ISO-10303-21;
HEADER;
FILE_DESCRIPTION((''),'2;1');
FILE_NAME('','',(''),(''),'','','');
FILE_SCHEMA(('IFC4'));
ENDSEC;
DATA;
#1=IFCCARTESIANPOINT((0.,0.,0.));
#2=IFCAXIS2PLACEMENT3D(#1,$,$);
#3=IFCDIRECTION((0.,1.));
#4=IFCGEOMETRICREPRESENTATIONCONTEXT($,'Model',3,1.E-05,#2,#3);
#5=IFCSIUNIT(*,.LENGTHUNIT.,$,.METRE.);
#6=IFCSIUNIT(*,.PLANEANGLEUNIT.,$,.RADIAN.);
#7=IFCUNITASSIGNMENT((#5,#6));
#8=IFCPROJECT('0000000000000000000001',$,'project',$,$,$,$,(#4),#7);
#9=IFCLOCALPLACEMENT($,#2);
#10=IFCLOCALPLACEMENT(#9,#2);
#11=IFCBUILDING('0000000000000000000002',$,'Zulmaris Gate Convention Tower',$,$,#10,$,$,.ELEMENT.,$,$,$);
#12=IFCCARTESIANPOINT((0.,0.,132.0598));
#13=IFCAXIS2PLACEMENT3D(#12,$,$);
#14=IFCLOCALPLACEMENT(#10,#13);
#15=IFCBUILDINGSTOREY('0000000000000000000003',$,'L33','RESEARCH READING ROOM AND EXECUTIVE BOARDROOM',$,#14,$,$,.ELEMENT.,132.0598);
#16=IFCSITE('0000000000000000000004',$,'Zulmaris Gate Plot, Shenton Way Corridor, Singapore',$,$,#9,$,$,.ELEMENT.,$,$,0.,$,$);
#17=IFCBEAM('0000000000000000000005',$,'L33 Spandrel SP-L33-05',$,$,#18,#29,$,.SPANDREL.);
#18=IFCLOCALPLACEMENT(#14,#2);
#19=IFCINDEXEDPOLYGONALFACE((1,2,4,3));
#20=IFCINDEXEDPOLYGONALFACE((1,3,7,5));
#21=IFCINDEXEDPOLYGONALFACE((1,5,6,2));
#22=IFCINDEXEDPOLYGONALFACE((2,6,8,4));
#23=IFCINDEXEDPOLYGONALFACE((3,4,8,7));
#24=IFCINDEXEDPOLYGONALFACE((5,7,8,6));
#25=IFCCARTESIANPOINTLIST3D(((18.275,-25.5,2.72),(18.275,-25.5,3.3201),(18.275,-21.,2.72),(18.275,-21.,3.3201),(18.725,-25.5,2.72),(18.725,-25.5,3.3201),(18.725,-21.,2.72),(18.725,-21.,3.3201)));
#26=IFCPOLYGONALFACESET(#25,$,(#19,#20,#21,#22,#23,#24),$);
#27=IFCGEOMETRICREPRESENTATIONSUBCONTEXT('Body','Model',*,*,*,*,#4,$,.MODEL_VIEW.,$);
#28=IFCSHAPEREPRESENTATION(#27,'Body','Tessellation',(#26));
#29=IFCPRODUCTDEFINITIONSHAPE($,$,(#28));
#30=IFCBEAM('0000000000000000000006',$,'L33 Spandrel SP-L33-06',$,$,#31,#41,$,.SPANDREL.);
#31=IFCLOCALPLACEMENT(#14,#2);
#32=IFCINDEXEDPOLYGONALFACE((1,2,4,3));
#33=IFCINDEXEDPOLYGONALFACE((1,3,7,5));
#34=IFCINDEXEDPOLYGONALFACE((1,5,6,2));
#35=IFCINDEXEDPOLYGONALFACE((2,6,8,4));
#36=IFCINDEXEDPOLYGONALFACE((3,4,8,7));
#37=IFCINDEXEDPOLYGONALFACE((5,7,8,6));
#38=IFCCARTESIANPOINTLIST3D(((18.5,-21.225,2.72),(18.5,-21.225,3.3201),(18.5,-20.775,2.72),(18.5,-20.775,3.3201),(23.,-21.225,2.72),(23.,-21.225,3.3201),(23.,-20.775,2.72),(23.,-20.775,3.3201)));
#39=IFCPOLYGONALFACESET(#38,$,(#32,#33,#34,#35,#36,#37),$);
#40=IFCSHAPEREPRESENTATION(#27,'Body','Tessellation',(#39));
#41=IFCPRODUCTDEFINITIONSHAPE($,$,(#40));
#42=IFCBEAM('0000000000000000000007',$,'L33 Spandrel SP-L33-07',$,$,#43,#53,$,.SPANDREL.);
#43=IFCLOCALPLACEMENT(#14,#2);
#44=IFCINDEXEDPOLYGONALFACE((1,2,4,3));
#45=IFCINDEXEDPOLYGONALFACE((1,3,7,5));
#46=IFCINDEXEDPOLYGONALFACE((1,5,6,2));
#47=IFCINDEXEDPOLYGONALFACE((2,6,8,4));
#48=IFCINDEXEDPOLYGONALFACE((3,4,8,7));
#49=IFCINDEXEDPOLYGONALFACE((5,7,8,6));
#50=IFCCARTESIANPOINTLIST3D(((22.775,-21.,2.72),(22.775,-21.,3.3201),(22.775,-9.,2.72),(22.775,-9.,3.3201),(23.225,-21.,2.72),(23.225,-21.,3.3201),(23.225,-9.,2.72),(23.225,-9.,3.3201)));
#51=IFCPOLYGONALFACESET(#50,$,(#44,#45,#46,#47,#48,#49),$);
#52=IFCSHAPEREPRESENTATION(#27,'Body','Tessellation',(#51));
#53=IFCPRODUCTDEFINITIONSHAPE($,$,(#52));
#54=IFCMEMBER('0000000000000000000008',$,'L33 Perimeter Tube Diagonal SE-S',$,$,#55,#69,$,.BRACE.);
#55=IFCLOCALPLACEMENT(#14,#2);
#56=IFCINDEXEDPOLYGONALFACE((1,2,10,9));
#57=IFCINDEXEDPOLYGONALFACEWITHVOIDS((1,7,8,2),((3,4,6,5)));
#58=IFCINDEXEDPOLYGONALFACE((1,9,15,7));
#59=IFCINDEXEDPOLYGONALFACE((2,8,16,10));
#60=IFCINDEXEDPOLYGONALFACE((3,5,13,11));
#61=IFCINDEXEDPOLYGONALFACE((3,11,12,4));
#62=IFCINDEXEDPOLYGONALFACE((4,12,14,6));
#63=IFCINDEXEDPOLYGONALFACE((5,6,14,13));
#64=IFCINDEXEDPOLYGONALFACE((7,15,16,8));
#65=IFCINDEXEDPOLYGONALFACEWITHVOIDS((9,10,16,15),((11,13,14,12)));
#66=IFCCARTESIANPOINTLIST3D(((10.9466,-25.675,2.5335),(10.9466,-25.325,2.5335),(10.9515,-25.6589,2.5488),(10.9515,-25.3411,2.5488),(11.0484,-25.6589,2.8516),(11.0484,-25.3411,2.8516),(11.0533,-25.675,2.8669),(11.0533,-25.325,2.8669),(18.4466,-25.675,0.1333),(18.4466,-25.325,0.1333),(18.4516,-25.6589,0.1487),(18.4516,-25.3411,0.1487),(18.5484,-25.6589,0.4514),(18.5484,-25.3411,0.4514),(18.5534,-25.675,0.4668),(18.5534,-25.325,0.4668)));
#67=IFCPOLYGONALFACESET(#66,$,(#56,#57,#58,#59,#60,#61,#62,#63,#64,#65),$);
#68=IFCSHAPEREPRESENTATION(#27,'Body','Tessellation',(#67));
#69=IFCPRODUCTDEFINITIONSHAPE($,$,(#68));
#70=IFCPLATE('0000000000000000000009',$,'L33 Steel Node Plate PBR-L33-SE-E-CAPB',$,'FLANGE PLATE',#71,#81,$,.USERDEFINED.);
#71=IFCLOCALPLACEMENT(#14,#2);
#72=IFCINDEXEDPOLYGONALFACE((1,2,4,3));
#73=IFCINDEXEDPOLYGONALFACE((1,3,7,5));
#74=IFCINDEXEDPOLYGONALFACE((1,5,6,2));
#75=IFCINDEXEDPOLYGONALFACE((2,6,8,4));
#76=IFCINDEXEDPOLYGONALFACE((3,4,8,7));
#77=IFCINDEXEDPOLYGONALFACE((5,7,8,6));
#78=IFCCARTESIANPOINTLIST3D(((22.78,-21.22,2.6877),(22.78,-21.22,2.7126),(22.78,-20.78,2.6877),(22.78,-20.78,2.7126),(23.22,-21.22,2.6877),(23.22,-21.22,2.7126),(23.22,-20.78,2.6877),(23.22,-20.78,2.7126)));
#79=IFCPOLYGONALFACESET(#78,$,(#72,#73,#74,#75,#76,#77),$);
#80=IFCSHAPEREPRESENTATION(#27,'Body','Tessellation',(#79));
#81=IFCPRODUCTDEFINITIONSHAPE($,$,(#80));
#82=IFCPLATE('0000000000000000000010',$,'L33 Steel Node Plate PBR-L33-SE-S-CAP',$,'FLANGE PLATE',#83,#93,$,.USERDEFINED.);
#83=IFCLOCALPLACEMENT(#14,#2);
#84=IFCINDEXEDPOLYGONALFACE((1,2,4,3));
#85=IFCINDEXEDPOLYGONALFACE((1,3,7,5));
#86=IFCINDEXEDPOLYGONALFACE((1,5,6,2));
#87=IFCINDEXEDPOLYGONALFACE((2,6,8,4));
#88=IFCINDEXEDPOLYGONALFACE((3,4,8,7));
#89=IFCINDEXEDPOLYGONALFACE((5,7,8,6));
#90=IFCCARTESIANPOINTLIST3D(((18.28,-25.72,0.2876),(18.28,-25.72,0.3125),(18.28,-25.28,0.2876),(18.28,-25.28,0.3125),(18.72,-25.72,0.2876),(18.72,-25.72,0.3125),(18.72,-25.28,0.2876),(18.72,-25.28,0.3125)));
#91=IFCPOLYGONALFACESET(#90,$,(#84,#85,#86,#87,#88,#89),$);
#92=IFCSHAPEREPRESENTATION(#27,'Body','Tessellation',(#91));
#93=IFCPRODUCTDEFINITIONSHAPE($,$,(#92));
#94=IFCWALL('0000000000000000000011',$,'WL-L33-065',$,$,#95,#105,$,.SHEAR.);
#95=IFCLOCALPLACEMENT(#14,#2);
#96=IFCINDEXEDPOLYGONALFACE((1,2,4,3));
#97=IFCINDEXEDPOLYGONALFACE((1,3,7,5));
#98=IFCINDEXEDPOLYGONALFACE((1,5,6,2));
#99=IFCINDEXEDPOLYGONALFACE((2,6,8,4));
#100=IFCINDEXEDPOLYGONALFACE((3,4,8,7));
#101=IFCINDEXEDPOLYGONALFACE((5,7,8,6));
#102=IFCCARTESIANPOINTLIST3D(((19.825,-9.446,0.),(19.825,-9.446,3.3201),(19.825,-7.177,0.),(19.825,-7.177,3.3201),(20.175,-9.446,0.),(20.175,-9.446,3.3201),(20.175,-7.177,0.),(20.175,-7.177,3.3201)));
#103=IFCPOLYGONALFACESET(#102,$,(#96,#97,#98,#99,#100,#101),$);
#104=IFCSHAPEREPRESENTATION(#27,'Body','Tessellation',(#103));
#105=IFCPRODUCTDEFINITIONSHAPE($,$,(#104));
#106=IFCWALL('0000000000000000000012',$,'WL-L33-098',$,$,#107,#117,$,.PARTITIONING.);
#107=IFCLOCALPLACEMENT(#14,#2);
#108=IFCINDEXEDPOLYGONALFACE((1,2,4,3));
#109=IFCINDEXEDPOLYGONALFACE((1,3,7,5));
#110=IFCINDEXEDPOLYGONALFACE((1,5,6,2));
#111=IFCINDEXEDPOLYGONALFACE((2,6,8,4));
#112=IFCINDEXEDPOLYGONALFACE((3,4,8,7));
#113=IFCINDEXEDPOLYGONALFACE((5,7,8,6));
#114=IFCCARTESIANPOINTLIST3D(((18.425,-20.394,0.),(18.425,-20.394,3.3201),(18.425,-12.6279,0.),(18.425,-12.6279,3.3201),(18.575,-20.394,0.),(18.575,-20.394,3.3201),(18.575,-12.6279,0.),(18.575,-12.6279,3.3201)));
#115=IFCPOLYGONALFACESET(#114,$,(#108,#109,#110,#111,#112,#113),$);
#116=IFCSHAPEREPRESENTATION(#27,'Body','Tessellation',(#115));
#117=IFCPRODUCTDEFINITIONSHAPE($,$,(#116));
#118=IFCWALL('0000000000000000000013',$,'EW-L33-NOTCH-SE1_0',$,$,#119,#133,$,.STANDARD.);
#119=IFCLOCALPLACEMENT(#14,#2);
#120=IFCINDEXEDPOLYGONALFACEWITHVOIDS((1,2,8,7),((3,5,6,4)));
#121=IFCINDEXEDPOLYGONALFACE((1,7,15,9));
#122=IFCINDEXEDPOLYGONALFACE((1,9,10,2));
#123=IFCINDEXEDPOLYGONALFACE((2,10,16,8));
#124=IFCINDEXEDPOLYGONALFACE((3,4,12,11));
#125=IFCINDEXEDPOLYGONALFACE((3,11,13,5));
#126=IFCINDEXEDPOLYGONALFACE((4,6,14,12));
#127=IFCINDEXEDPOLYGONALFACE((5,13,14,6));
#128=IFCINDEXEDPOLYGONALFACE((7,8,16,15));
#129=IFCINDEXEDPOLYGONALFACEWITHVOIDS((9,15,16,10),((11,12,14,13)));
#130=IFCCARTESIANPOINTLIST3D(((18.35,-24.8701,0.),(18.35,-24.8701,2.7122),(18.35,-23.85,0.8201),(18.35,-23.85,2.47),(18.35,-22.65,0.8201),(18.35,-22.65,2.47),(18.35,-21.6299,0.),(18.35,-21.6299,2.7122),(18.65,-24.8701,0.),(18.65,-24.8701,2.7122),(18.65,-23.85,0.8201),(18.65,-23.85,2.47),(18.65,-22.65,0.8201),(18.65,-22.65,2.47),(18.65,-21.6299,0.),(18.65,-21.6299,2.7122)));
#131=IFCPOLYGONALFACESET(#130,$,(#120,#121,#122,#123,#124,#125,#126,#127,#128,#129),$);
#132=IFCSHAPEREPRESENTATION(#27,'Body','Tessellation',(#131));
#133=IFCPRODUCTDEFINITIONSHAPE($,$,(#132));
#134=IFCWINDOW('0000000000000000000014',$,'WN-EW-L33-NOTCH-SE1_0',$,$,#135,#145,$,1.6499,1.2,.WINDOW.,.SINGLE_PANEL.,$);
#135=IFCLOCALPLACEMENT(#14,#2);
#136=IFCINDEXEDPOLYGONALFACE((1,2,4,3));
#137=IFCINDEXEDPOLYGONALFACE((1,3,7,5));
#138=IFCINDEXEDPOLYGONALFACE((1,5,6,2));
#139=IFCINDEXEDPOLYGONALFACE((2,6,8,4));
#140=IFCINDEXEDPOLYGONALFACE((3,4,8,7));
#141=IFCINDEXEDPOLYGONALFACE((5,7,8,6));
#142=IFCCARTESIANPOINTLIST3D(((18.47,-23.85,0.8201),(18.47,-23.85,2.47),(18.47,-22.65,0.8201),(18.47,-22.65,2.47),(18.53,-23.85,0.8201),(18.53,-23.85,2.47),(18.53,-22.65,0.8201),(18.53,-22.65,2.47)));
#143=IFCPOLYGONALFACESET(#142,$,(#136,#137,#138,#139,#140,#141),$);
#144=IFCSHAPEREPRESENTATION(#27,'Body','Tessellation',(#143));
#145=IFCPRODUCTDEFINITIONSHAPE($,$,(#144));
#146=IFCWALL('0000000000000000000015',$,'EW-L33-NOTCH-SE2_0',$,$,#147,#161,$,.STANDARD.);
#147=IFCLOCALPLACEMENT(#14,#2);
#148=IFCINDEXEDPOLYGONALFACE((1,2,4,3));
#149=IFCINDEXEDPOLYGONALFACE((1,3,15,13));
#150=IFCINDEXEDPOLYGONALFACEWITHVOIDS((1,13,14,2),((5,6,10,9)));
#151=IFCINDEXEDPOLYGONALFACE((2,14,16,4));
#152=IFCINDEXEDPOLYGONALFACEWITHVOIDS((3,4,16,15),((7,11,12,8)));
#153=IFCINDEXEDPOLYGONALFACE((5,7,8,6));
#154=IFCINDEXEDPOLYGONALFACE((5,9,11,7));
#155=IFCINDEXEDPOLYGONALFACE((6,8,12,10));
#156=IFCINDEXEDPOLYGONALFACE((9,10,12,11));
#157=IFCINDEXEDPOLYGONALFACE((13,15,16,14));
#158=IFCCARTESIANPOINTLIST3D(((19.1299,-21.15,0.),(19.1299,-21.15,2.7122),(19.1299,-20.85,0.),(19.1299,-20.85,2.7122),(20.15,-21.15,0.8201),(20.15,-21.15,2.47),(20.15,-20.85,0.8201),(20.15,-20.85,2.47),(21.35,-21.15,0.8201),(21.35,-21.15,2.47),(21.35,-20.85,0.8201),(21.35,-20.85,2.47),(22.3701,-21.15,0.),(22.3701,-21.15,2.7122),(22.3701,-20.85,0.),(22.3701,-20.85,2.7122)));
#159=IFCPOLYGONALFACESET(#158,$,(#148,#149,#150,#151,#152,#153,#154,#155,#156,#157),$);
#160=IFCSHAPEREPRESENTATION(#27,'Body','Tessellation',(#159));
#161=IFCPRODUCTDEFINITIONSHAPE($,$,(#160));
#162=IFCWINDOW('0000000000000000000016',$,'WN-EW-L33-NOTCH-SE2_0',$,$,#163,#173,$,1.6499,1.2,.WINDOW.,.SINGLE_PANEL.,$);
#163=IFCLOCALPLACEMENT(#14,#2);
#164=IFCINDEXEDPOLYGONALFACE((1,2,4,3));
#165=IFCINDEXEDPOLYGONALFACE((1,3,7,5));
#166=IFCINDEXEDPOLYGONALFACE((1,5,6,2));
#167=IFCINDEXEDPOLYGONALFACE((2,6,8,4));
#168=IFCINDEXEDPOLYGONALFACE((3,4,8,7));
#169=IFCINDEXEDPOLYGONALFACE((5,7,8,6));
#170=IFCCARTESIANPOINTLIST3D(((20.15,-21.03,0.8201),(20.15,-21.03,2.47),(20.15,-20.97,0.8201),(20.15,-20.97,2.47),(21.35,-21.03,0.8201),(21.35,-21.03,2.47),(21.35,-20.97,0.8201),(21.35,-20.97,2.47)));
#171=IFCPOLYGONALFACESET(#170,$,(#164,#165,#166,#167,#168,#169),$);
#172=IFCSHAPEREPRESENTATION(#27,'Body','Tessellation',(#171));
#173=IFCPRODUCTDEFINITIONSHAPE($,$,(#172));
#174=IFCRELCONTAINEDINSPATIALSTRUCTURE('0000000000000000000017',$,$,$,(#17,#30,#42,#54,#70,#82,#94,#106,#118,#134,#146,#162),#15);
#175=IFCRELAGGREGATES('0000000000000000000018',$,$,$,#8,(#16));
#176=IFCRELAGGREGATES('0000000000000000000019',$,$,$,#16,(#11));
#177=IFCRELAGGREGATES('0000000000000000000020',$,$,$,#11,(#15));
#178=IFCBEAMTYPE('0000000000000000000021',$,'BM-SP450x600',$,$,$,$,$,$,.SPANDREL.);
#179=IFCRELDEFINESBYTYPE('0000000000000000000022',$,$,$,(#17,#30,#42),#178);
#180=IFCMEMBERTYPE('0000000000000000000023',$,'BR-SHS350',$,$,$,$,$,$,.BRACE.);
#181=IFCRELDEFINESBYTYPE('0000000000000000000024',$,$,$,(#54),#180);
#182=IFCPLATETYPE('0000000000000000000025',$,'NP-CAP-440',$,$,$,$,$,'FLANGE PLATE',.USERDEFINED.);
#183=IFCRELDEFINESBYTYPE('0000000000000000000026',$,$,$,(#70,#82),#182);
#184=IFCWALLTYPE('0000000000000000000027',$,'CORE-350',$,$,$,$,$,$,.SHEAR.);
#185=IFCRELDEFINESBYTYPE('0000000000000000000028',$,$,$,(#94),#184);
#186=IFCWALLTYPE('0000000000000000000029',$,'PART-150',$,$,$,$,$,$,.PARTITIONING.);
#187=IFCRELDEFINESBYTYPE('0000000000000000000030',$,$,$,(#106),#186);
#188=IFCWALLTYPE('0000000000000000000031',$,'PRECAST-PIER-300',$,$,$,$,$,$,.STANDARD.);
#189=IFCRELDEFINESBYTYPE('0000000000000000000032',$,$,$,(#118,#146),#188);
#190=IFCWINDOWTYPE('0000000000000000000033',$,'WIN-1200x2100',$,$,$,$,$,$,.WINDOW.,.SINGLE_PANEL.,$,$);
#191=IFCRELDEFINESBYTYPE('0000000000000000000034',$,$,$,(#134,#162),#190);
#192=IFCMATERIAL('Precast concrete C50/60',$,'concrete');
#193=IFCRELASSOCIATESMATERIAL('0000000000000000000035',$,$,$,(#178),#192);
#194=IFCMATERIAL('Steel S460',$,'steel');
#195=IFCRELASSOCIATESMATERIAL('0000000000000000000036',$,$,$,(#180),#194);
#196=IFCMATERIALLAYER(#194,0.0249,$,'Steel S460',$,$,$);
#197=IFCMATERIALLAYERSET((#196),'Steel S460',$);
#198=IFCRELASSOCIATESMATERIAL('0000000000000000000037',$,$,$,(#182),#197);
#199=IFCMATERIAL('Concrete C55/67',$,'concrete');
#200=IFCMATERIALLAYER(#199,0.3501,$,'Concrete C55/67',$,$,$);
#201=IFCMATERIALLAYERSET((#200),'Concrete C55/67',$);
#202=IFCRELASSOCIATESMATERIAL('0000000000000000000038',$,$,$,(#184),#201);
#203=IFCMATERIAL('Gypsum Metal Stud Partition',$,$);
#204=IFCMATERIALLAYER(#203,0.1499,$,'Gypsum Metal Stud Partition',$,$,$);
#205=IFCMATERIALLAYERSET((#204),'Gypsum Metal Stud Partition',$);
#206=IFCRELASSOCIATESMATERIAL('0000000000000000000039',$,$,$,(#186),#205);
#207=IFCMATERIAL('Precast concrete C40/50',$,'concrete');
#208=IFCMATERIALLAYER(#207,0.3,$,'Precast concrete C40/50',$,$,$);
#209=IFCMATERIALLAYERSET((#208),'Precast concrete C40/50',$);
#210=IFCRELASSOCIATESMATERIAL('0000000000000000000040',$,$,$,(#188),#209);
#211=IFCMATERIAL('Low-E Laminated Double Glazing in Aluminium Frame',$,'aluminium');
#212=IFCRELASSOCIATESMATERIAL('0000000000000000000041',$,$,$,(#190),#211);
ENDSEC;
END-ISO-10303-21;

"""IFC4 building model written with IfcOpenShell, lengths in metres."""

from ifc_helpers import new_model, si_unit, direction, frame, frame_2d, origin, origin_2d, place, context, subcontext, project, spatial, rectangle, hollow_rectangle, extrude, material, layer, layer_set, material_profile, profile_set, type_object, element, fill, save


model = new_model("IFC4")

# Units and contexts
model_context = context("Model", 3, precision=1e-05, world=origin(), true_north=direction((0.0, 1.0)))
body_context = subcontext(model_context, "Body", "Model", "MODEL_VIEW")
ifc_project = project(units=[si_unit("LENGTHUNIT", "METRE"), si_unit("PLANEANGLEUNIT", "RADIAN")], contexts=[model_context])

# Site, building, storey
site_placement = place(None, origin())
site = spatial("IfcSite", under=ifc_project, at=site_placement, Name="Zulmaris Gate Plot, Shenton Way Corridor, Singapore", CompositionType="ELEMENT", RefElevation=0.0)
building_placement = place(site_placement, origin())
building = spatial("IfcBuilding", under=site, at=building_placement, Name="Zulmaris Gate Convention Tower", CompositionType="ELEMENT")
storey_placement = place(building_placement, frame((0.0, 0.0, 132.0598)))
storey = spatial("IfcBuildingStorey", under=building, at=storey_placement, Name="L33", Description="RESEARCH READING ROOM AND EXECUTIVE BOARDROOM", CompositionType="ELEMENT", Elevation=132.0598)

# Beams
ifc_material_1 = material(Name="Precast concrete C50/60", Category="concrete")
ifc_material_profile_1 = material_profile(ifc_material_1, rectangle(XDim=0.45, YDim=0.6001, at=origin_2d()), Name="RC SPANDREL 450x600")
ifc_profile_set_1 = profile_set([ifc_material_profile_1], Name="Precast concrete C50/60")
beam_type_1 = type_object("IfcBeamType", Name="BM-SP450x600", PredefinedType="SPANDREL", material=ifc_profile_set_1)
for number, where, z_axis, x_axis, name in (
    (1, (18.5, -25.5, 3.02), (0.0, 1.0, 0.0), (-1.0, 0.0, 0.0), "L33 Spandrel SP-L33-05"),
    (2, (18.5, -21.0, 3.02), (1.0, 0.0, 0.0), (0.0, 1.0, 0.0), "L33 Spandrel SP-L33-06"),
):
    element("IfcBeam", number, at=place(storey_placement, frame(where, z_axis=z_axis, x_axis=x_axis)), inside=storey, type_object=beam_type_1, Name=name, PredefinedType="SPANDREL", context=body_context, shape_type="SweptSolid", body=[
        extrude(rectangle(XDim=0.45, YDim=0.6001, at=origin_2d()), origin(), (0.0, 0.0, 1.0), 4.5),
    ])
beam_1_placement = place(storey_placement, frame((23.0, -21.0, 3.02), z_axis=(0.0, 1.0, 0.0), x_axis=(-1.0, 0.0, 0.0)))
element("IfcBeam", 3, at=beam_1_placement, inside=storey, type_object=beam_type_1, Name="L33 Spandrel SP-L33-07", PredefinedType="SPANDREL", context=body_context, shape_type="SweptSolid", body=[
    extrude(rectangle(XDim=0.45, YDim=0.6001, at=origin_2d()), origin(), (0.0, 0.0, 1.0), 12.0),
])

# Member
ifc_material_2 = material(Name="Steel S460", Category="steel")
ifc_material_profile_2 = material_profile(ifc_material_2, hollow_rectangle(XDim=0.3501, YDim=0.3501, WallThickness=0.0161, at=origin_2d()), Name="SHS 350x350x16")
ifc_profile_set_2 = profile_set([ifc_material_profile_2], Name="Steel S460")
member_type = type_object("IfcMemberType", Name="BR-SHS350", PredefinedType="BRACE", material=ifc_profile_set_2)
member_placement = place(storey_placement, frame((18.5, -25.5, 0.3), z_axis=(-0.952419, 0.0, 0.304793), x_axis=(0.0, -1.0, 0.0)))
element("IfcMember", 4, at=member_placement, inside=storey, type_object=member_type, Name="L33 Perimeter Tube Diagonal SE-S", PredefinedType="BRACE", context=body_context, shape_type="SweptSolid", body=[
    extrude(hollow_rectangle(XDim=0.3501, YDim=0.3501, WallThickness=0.0161, at=origin_2d()), origin(), (0.0, 0.0, 1.0), 7.8748),
])

# Plates
ifc_layer_1 = layer(ifc_material_2, 0.0249, Name="Steel S460")
ifc_layer_set_1 = layer_set([ifc_layer_1], Name="Steel S460")
plate_type = type_object("IfcPlateType", Name="NP-CAP-440", ElementType="FLANGE PLATE", PredefinedType="USERDEFINED", material=ifc_layer_set_1)
for number, where, z_axis, x_axis, name in (
    (5, (23.0, -21.0, 2.6877), (0.0, 0.0, 1.0), (1.0, 0.0, 0.0), "L33 Steel Node Plate PBR-L33-SE-E-CAPB"),
    (6, (18.5, -25.5, 0.2876), (0.0, 0.0, 1.0), (1.0, 0.0, 0.0), "L33 Steel Node Plate PBR-L33-SE-S-CAP"),
):
    element("IfcPlate", number, at=place(storey_placement, frame(where, z_axis=z_axis, x_axis=x_axis)), inside=storey, type_object=plate_type, Name=name, ObjectType="FLANGE PLATE", PredefinedType="USERDEFINED", context=body_context, shape_type="SweptSolid", body=[
        extrude(rectangle(XDim=0.4399, YDim=0.4399, at=origin_2d()), origin(), (0.0, 0.0, 1.0), 0.0249),
    ])

# Wall
ifc_material_3 = material(Name="Concrete C55/67", Category="concrete")
ifc_layer_2 = layer(ifc_material_3, 0.3501, Name="Concrete C55/67")
ifc_layer_set_2 = layer_set([ifc_layer_2], Name="Concrete C55/67")
wall_type_1 = type_object("IfcWallType", Name="CORE-350", PredefinedType="SHEAR", material=ifc_layer_set_2)
wall_1_placement = place(storey_placement, frame((20.0, -9.446, 0.0), z_axis=(0.0, 0.0, 1.0), x_axis=(0.0, 1.0, 0.0)))
element("IfcWall", 7, at=wall_1_placement, inside=storey, type_object=wall_type_1, Name="WL-L33-065", PredefinedType="SHEAR", context=body_context, shape_type="SweptSolid", body=[
    extrude(rectangle(XDim=2.269, YDim=0.3501, at=frame_2d((1.1345, 0.0))), origin(), (0.0, 0.0, 1.0), 3.3201),
])

# Shared definitions
ifc_material_4 = material(Name="Gypsum Metal Stud Partition")
ifc_layer_3 = layer(ifc_material_4, 0.1499, Name="Gypsum Metal Stud Partition")
ifc_layer_set_3 = layer_set([ifc_layer_3], Name="Gypsum Metal Stud Partition")
wall_type_2 = type_object("IfcWallType", Name="PART-150", PredefinedType="PARTITIONING", material=ifc_layer_set_3)

# Wall
wall_2_placement = place(storey_placement, frame((18.5, -20.394, 0.0), z_axis=(0.0, 0.0, 1.0), x_axis=(0.0, 1.0, 0.0)))
element("IfcWall", 8, at=wall_2_placement, inside=storey, type_object=wall_type_2, Name="WL-L33-098", PredefinedType="PARTITIONING", context=body_context, shape_type="SweptSolid", body=[
    extrude(rectangle(XDim=7.7661, YDim=0.1499, at=frame_2d((3.8831, 0.0))), origin(), (0.0, 0.0, 1.0), 3.3201),
])

# Walls, openings, windows
ifc_material_5 = material(Name="Precast concrete C40/50", Category="concrete")
ifc_layer_4 = layer(ifc_material_5, 0.3, Name="Precast concrete C40/50")
ifc_layer_set_4 = layer_set([ifc_layer_4], Name="Precast concrete C40/50")
wall_type_3 = type_object("IfcWallType", Name="PRECAST-PIER-300", PredefinedType="STANDARD", material=ifc_layer_set_4)
wall_3_placement = place(storey_placement, frame((18.5, -24.8701, 0.0), z_axis=(0.0, 0.0, 1.0), x_axis=(0.0, 1.0, 0.0)))
wall_3 = element("IfcWall", 9, at=wall_3_placement, inside=storey, type_object=wall_type_3, Name="EW-L33-NOTCH-SE1_0", PredefinedType="STANDARD", context=body_context, shape_type="SweptSolid", body=[
    extrude(rectangle(XDim=3.2402, YDim=0.3, at=frame_2d((1.6201, 0.0))), origin(), (0.0, 0.0, 1.0), 2.7122),
])
opening_1_placement = place(wall_3_placement, frame((1.02, 0.0, 0.8201)))
opening_1 = element("IfcOpeningElement", 10, at=opening_1_placement, cuts=wall_3, PredefinedType="OPENING", context=body_context, shape_type="SweptSolid", body=[
    extrude(rectangle(XDim=1.2, YDim=1.6499, at=frame_2d((0.6001, 0.825))), frame((0.0, 0.1602, 0.0), z_axis=(0.0, -1.0, 0.0), x_axis=(1.0, 0.0, 0.0)), (0.0, 0.0, 1.0), 0.3201),
])
ifc_material_6 = material(Name="Low-E Laminated Double Glazing in Aluminium Frame", Category="aluminium")
window_type = type_object("IfcWindowType", Name="WIN-1200x2100", PartitioningType="SINGLE_PANEL", PredefinedType="WINDOW", material=ifc_material_6)
window_1_placement = place(opening_1_placement, origin())
window_1 = element("IfcWindow", 11, at=window_1_placement, inside=storey, type_object=window_type, Name="WN-EW-L33-NOTCH-SE1_0", OverallHeight=1.6499, OverallWidth=1.2, PartitioningType="SINGLE_PANEL", PredefinedType="WINDOW", context=body_context, shape_type="SweptSolid", body=[
    extrude(rectangle(XDim=1.2, YDim=1.6499, at=frame_2d((0.6001, 0.825))), frame((0.0, 0.03, 0.0), z_axis=(0.0, -1.0, 0.0), x_axis=(1.0, 0.0, 0.0)), (0.0, 0.0, 1.0), 0.0601),
])
fill(opening_1, window_1)
wall_4_placement = place(storey_placement, frame((19.1299, -21.0, 0.0), z_axis=(0.0, 0.0, 1.0), x_axis=(1.0, 0.0, 0.0)))
wall_4 = element("IfcWall", 12, at=wall_4_placement, inside=storey, type_object=wall_type_3, Name="EW-L33-NOTCH-SE2_0", PredefinedType="STANDARD", context=body_context, shape_type="SweptSolid", body=[
    extrude(rectangle(XDim=3.2402, YDim=0.3, at=frame_2d((1.6201, 0.0))), origin(), (0.0, 0.0, 1.0), 2.7122),
])
opening_2_placement = place(wall_4_placement, frame((1.02, 0.0, 0.8201)))
opening_2 = element("IfcOpeningElement", 13, at=opening_2_placement, cuts=wall_4, PredefinedType="OPENING", context=body_context, shape_type="SweptSolid", body=[
    extrude(rectangle(XDim=1.2, YDim=1.6499, at=frame_2d((0.6001, 0.825))), frame((0.0, 0.1602, 0.0), z_axis=(0.0, -1.0, 0.0), x_axis=(1.0, 0.0, 0.0)), (0.0, 0.0, 1.0), 0.3201),
])
window_2_placement = place(opening_2_placement, origin())
window_2 = element("IfcWindow", 14, at=window_2_placement, inside=storey, type_object=window_type, Name="WN-EW-L33-NOTCH-SE2_0", OverallHeight=1.6499, OverallWidth=1.2, PartitioningType="SINGLE_PANEL", PredefinedType="WINDOW", context=body_context, shape_type="SweptSolid", body=[
    extrude(rectangle(XDim=1.2, YDim=1.6499, at=frame_2d((0.6001, 0.825))), frame((0.0, 0.03, 0.0), z_axis=(0.0, -1.0, 0.0), x_axis=(1.0, 0.0, 0.0)), (0.0, 0.0, 1.0), 0.0601),
])
fill(opening_2, window_2)

save(model, "model.ifc")
